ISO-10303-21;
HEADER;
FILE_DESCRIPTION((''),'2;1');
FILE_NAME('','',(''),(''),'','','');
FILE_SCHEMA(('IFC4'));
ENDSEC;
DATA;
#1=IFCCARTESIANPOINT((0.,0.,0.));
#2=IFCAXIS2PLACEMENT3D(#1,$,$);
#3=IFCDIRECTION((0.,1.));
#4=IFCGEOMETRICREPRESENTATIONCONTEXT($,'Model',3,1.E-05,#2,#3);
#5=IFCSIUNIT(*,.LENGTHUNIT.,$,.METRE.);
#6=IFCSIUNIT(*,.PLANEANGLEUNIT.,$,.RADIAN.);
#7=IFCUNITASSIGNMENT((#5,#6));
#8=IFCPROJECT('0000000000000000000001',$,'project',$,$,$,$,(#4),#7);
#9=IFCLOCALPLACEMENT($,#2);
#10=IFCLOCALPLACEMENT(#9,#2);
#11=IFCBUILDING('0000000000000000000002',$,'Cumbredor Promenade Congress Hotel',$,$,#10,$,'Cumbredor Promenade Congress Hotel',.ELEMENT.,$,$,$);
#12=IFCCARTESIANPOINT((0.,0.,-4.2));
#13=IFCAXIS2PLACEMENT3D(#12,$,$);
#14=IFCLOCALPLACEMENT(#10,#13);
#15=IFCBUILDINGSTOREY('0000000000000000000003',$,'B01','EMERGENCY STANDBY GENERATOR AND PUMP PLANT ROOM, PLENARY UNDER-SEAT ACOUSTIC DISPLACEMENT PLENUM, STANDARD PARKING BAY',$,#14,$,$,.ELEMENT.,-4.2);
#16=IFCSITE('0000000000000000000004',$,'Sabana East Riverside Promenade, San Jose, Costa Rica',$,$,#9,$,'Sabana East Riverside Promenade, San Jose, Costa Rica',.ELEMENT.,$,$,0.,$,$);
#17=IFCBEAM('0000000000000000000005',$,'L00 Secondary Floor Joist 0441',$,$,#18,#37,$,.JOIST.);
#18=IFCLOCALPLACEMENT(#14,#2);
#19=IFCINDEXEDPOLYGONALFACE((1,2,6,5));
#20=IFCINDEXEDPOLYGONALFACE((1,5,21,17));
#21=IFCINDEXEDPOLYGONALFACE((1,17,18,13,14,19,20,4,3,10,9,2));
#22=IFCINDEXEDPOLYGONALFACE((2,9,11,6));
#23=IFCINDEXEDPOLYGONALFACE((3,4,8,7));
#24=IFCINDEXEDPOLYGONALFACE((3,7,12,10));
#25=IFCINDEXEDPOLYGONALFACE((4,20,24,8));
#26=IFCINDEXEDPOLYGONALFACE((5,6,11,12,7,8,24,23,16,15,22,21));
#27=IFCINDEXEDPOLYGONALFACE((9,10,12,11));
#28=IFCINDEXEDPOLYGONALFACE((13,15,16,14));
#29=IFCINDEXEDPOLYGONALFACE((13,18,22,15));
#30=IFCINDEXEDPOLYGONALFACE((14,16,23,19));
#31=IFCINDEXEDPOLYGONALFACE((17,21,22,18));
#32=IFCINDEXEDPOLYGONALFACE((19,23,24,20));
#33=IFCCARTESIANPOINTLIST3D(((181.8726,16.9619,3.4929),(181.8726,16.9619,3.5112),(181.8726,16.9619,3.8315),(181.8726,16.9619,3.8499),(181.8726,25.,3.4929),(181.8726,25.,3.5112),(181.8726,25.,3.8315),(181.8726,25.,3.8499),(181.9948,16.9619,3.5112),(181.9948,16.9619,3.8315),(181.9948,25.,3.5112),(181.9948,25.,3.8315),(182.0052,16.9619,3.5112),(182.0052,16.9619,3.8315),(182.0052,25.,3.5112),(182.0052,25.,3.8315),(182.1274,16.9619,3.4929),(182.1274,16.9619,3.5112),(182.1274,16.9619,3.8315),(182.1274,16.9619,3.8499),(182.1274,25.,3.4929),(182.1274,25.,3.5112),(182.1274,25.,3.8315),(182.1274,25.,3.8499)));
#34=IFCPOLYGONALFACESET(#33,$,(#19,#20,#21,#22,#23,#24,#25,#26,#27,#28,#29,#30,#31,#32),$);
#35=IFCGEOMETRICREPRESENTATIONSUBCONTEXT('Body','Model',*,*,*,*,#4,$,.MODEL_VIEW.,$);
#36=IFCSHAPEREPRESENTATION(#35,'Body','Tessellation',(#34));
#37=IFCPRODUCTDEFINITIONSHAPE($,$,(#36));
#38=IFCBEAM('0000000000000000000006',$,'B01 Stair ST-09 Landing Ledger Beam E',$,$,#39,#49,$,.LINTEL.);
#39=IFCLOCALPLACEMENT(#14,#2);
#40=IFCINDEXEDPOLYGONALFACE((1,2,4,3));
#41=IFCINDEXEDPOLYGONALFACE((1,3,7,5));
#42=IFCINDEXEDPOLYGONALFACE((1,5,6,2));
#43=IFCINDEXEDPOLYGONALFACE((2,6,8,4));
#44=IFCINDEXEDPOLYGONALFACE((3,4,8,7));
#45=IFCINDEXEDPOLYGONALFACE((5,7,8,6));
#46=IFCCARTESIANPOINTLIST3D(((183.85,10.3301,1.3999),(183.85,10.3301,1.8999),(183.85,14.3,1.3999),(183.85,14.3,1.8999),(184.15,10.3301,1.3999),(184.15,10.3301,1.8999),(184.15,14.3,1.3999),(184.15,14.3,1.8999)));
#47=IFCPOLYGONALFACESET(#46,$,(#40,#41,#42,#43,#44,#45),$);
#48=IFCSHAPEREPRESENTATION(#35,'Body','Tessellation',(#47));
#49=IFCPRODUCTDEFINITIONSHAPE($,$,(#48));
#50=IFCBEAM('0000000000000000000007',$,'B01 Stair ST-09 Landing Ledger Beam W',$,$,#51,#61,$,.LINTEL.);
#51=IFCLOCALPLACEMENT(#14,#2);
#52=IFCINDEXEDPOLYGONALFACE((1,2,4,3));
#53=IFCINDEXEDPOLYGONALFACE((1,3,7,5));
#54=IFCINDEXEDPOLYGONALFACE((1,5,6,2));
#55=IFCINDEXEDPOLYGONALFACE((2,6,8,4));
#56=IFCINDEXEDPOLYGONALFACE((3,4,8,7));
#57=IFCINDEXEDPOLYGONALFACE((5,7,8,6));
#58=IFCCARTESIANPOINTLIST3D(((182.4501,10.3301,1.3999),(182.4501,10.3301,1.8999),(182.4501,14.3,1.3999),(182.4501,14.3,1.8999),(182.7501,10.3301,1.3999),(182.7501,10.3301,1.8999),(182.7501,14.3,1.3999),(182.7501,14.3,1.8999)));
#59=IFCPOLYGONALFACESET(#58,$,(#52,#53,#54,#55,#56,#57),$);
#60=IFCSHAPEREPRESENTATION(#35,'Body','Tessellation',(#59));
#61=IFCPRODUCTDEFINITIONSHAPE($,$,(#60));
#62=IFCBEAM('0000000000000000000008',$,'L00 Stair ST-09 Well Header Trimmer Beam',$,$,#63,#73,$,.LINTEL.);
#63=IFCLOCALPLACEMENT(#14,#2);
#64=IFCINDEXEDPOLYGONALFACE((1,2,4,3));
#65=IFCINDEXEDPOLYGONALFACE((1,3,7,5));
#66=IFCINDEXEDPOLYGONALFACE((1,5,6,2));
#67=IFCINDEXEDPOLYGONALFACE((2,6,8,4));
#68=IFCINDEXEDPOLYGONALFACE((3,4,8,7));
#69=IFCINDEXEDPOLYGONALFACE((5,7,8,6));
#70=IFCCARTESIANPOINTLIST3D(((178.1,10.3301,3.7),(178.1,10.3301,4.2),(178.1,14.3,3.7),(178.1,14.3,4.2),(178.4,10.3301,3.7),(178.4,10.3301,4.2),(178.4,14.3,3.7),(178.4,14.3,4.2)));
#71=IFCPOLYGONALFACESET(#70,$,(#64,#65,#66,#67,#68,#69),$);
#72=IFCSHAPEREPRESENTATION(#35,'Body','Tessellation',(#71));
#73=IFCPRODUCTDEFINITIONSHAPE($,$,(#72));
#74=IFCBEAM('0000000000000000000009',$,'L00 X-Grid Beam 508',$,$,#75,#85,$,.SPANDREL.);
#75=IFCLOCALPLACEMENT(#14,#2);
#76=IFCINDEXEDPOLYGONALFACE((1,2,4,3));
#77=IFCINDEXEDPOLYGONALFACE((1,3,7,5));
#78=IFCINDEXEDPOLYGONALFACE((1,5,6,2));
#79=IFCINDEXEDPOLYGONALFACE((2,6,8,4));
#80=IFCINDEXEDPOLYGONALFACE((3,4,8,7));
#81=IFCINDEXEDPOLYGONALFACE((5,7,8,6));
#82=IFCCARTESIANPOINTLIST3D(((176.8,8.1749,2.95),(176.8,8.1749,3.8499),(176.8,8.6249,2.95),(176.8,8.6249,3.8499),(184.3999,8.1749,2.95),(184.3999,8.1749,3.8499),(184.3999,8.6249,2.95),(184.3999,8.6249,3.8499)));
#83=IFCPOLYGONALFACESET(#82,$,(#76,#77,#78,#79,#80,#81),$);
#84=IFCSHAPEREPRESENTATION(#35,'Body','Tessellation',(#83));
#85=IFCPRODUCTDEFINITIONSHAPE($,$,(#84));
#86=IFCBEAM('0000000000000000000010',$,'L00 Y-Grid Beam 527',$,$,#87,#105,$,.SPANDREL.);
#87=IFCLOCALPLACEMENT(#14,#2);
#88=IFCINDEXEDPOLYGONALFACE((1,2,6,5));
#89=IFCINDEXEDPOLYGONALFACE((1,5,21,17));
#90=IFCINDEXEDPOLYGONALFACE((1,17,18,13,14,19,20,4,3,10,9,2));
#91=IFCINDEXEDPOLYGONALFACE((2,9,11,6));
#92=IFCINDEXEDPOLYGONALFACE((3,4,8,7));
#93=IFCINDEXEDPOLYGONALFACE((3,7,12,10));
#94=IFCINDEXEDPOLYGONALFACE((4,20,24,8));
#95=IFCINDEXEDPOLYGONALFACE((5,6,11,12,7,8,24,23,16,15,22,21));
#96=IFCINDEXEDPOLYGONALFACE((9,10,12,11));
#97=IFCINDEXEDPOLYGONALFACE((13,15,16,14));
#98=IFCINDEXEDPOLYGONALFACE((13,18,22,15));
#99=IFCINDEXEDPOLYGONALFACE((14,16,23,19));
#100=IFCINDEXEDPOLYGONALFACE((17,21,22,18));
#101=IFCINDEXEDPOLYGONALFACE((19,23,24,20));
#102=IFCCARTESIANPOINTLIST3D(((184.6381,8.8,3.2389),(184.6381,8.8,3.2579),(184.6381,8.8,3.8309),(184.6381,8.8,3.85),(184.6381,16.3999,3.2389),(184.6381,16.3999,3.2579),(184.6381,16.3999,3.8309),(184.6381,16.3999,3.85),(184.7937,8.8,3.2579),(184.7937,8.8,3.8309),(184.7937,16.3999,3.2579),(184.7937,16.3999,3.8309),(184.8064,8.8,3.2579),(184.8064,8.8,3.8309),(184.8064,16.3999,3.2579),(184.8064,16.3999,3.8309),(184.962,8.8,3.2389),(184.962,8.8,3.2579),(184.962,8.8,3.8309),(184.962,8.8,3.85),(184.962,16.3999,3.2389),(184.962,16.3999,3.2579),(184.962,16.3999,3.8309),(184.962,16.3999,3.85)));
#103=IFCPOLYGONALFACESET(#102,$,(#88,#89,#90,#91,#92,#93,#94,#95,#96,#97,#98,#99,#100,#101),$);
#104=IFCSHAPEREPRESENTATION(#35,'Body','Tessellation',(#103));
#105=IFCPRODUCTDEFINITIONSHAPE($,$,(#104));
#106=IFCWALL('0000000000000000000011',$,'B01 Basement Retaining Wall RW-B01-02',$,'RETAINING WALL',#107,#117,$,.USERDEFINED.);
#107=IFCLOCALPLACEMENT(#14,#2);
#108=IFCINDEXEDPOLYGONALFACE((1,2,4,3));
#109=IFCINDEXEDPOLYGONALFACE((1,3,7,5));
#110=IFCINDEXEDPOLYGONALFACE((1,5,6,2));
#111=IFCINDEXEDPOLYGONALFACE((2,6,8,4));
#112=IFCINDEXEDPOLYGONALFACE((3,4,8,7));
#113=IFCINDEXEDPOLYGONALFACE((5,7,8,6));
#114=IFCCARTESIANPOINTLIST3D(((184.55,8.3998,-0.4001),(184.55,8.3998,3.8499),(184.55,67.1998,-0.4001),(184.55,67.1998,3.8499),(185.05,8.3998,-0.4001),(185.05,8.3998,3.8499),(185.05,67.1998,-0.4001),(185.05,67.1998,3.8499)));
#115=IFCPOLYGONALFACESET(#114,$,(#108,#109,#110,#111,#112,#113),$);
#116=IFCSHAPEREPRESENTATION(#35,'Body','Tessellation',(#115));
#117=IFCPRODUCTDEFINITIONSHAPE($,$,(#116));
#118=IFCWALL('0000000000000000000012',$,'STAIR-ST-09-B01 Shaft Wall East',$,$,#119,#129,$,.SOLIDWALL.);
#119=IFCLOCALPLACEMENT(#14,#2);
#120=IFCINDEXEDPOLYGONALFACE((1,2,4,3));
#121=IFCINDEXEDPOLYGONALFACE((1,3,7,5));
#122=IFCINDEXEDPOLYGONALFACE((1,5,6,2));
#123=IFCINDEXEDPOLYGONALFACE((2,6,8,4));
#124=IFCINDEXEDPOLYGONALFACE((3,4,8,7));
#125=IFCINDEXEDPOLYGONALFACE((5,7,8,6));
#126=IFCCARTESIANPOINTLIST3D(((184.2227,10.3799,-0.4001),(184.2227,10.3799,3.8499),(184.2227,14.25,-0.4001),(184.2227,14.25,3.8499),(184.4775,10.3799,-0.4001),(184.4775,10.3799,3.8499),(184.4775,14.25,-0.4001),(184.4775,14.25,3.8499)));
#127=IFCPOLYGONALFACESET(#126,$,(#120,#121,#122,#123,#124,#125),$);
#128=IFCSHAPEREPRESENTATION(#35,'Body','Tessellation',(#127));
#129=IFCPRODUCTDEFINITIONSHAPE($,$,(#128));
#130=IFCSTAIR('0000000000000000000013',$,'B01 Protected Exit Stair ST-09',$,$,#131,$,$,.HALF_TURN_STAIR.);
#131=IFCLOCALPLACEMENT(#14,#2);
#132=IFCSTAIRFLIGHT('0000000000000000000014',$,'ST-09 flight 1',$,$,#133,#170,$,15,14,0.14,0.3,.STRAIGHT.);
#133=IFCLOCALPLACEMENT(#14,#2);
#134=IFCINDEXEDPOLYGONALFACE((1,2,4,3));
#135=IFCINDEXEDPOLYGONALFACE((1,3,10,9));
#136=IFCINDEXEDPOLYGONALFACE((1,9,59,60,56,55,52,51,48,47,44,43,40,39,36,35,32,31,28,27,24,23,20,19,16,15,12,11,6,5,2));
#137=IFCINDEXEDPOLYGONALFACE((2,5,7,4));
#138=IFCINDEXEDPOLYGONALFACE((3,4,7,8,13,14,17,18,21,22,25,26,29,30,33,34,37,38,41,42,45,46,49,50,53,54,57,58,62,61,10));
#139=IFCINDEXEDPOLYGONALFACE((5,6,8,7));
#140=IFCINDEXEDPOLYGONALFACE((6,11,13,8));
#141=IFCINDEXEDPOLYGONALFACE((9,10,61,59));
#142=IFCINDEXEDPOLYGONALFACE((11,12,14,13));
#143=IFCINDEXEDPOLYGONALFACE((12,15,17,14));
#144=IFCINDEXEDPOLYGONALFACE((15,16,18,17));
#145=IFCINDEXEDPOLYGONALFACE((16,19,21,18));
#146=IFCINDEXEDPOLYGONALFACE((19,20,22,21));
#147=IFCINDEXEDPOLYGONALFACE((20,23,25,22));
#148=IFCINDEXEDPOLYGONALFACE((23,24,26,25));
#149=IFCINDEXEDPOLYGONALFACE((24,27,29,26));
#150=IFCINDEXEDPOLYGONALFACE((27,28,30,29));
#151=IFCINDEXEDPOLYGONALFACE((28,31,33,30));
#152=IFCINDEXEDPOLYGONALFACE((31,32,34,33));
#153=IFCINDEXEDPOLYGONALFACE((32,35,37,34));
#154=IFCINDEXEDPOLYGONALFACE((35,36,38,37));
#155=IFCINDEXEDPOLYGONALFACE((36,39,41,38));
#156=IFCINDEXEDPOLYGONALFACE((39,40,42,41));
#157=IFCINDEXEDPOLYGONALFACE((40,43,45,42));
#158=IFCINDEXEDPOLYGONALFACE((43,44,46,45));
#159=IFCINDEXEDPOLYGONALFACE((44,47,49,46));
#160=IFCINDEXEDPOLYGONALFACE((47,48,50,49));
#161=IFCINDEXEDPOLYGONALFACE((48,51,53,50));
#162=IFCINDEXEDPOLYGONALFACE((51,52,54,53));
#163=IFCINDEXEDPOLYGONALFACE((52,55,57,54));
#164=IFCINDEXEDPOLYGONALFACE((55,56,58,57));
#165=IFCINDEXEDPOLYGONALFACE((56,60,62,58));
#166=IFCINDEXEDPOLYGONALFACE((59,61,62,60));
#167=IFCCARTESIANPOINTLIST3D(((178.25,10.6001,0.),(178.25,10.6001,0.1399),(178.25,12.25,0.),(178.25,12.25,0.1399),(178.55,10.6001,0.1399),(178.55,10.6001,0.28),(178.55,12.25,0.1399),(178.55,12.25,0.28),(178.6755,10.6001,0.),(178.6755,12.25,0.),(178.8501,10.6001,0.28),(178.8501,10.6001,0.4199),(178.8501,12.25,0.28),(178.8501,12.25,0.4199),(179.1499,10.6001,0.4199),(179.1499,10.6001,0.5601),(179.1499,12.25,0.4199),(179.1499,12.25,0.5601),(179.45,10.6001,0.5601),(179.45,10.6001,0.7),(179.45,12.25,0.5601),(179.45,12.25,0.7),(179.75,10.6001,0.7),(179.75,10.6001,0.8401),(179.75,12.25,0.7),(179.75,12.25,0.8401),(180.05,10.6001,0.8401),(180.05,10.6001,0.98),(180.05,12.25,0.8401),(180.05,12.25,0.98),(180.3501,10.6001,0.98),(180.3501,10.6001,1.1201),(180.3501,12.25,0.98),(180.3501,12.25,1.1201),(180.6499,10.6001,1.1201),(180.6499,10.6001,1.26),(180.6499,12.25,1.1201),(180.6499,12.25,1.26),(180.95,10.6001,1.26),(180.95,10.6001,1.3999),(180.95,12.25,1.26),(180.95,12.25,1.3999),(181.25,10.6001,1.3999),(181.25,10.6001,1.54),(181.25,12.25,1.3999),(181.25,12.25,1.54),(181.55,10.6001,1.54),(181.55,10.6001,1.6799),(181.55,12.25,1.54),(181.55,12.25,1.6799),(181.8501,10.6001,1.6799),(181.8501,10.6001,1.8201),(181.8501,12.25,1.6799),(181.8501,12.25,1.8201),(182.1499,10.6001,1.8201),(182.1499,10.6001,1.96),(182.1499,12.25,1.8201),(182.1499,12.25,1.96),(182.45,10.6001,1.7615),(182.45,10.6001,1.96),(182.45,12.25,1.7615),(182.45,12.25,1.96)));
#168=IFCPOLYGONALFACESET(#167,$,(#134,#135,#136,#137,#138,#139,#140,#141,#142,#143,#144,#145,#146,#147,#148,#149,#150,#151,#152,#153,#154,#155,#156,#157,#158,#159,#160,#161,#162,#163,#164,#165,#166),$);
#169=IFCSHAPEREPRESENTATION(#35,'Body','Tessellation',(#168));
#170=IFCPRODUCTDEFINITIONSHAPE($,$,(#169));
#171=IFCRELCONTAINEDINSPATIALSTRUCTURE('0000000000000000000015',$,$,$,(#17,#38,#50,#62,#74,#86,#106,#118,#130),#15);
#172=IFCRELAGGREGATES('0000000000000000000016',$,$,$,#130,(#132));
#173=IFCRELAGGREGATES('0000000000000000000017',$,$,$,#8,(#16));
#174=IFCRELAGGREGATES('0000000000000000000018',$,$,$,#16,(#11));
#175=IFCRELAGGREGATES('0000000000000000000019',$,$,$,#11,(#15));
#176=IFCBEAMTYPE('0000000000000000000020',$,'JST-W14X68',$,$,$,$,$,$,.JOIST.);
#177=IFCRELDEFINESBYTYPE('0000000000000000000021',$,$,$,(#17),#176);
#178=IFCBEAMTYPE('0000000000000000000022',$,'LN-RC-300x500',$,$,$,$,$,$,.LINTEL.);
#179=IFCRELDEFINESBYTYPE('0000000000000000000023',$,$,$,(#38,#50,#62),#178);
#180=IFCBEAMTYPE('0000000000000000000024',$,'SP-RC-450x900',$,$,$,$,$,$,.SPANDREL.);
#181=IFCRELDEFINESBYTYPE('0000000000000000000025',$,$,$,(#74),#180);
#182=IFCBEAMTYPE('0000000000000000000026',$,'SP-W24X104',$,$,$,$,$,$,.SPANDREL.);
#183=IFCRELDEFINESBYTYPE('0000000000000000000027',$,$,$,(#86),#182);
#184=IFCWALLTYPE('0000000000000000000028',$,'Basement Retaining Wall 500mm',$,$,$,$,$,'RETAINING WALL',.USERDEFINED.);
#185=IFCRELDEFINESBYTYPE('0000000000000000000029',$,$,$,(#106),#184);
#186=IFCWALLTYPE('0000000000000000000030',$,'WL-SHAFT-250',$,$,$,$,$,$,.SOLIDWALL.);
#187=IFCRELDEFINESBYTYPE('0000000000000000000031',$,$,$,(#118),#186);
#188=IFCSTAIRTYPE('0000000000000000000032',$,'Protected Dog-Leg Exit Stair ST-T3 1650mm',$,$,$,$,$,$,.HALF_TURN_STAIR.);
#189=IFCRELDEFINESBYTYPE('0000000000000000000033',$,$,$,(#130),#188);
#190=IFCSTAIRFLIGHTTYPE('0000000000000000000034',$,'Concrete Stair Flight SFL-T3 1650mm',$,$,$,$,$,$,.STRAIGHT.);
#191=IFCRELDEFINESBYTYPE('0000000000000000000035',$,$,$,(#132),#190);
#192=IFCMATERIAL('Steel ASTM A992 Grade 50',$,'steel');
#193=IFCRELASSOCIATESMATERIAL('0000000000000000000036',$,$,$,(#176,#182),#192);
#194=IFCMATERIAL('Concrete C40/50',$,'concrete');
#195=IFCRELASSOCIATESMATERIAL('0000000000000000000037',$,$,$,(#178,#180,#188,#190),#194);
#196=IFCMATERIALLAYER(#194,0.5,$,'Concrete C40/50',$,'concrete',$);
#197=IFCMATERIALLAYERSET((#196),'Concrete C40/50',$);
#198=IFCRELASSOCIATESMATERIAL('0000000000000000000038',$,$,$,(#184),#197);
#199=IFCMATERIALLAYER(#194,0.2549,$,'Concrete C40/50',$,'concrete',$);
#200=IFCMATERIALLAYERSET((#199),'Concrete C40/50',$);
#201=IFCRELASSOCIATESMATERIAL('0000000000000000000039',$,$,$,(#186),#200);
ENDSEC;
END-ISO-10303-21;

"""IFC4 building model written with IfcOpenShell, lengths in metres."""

from ifc_helpers import new_model, si_unit, direction, frame, frame_2d, origin, origin_2d, place, context, subcontext, project, spatial, polyline, rectangle, i_section, outline, extrude, material, layer, layer_set, material_profile, profile_set, type_object, element, aggregate, save


model = new_model("IFC4")

# Units and contexts
model_context = context("Model", 3, precision=1e-05, world=origin(), true_north=direction((0.0, 1.0)))
body_context = subcontext(model_context, "Body", "Model", "MODEL_VIEW")
ifc_project = project(units=[si_unit("LENGTHUNIT", "METRE"), si_unit("PLANEANGLEUNIT", "RADIAN")], contexts=[model_context])

# Site, building, storey
site_placement = place(None, origin())
site = spatial("IfcSite", under=ifc_project, at=site_placement, Name="Sabana East Riverside Promenade, San Jose, Costa Rica", LongName="Sabana East Riverside Promenade, San Jose, Costa Rica", CompositionType="ELEMENT", RefElevation=0.0)
building_placement = place(site_placement, origin())
building = spatial("IfcBuilding", under=site, at=building_placement, Name="Cumbredor Promenade Congress Hotel", LongName="Cumbredor Promenade Congress Hotel", CompositionType="ELEMENT")
storey_placement = place(building_placement, frame((0.0, 0.0, -4.2)))
storey = spatial("IfcBuildingStorey", under=building, at=storey_placement, Name="B01", Description="EMERGENCY STANDBY GENERATOR AND PUMP PLANT ROOM, PLENARY UNDER-SEAT ACOUSTIC DISPLACEMENT PLENUM, STANDARD PARKING BAY", CompositionType="ELEMENT", Elevation=-4.2)

# Shared definitions
ifc_material_1 = material(Name="Concrete C40/50", Category="concrete")

# Beams
ifc_material_2 = material(Name="Steel ASTM A992 Grade 50", Category="steel")
ifc_material_profile_1 = material_profile(ifc_material_2, i_section(OverallWidth=0.2549, OverallDepth=0.3569, WebThickness=0.0105, FlangeThickness=0.0183, at=origin_2d()), Name="W14X68")
ifc_profile_set_1 = profile_set([ifc_material_profile_1], Name="Steel ASTM A992 Grade 50")
beam_type_1 = type_object("IfcBeamType", Name="JST-W14X68", PredefinedType="JOIST", material=ifc_profile_set_1)
for number, where, z_axis, x_axis, name in (
    (1, (182.0, 16.9619, 3.6714), (0.0, 1.0, 0.0), (-1.0, 0.0, 0.0), "L00 Secondary Floor Joist 0441"),
):
    element("IfcBeam", number, at=place(storey_placement, frame(where, z_axis=z_axis, x_axis=x_axis)), inside=storey, type_object=beam_type_1, Name=name, PredefinedType="JOIST", context=body_context, shape_type="SweptSolid", body=[
        extrude(i_section(OverallWidth=0.2549, OverallDepth=0.3569, WebThickness=0.0105, FlangeThickness=0.0183, at=origin_2d()), origin(), (0.0, 0.0, 1.0), 8.0381),
    ])
ifc_material_profile_2 = material_profile(ifc_material_1, rectangle(XDim=0.3, YDim=0.5, at=origin_2d()), Name="RC LINTEL 300x500")
ifc_profile_set_2 = profile_set([ifc_material_profile_2], Name="Concrete C40/50")
beam_type_2 = type_object("IfcBeamType", Name="LN-RC-300x500", PredefinedType="LINTEL", material=ifc_profile_set_2)
for number, where, z_axis, x_axis, name in (
    (2, (184.0, 10.3301, 1.6499), (0.0, 1.0, 0.0), (-1.0, 0.0, 0.0), "B01 Stair ST-09 Landing Ledger Beam E"),
    (3, (182.6001, 10.3301, 1.6499), (0.0, 1.0, 0.0), (-1.0, 0.0, 0.0), "B01 Stair ST-09 Landing Ledger Beam W"),
    (4, (178.25, 10.3301, 3.95), (0.0, 1.0, 0.0), (-1.0, 0.0, 0.0), "L00 Stair ST-09 Well Header Trimmer Beam"),
):
    element("IfcBeam", number, at=place(storey_placement, frame(where, z_axis=z_axis, x_axis=x_axis)), inside=storey, type_object=beam_type_2, Name=name, PredefinedType="LINTEL", context=body_context, shape_type="SweptSolid", body=[
        extrude(rectangle(XDim=0.3, YDim=0.5, at=origin_2d()), origin(), (0.0, 0.0, 1.0), 3.97),
    ])
ifc_material_profile_3 = material_profile(ifc_material_1, rectangle(XDim=0.45, YDim=0.8999, at=origin_2d()), Name="RC SPANDREL 450x900")
ifc_profile_set_3 = profile_set([ifc_material_profile_3], Name="Concrete C40/50")
beam_type_3 = type_object("IfcBeamType", Name="SP-RC-450x900", PredefinedType="SPANDREL", material=ifc_profile_set_3)
beam_1_placement = place(storey_placement, frame((176.8, 8.3999, 3.3999), z_axis=(1.0, 0.0, 0.0), x_axis=(0.0, 1.0, 0.0)))
element("IfcBeam", 5, at=beam_1_placement, inside=storey, type_object=beam_type_3, Name="L00 X-Grid Beam 508", PredefinedType="SPANDREL", context=body_context, shape_type="SweptSolid", body=[
    extrude(rectangle(XDim=0.45, YDim=0.8999, at=origin_2d()), origin(), (0.0, 0.0, 1.0), 7.5999),
])
ifc_material_profile_4 = material_profile(ifc_material_2, i_section(OverallWidth=0.324, OverallDepth=0.6111, WebThickness=0.0127, FlangeThickness=0.019, at=origin_2d()), Name="W24X104")
ifc_profile_set_4 = profile_set([ifc_material_profile_4], Name="Steel ASTM A992 Grade 50")
beam_type_4 = type_object("IfcBeamType", Name="SP-W24X104", PredefinedType="SPANDREL", material=ifc_profile_set_4)
beam_2_placement = place(storey_placement, frame((184.8, 8.8, 3.5444), z_axis=(0.0, 1.0, 0.0), x_axis=(-1.0, 0.0, 0.0)))
element("IfcBeam", 6, at=beam_2_placement, inside=storey, type_object=beam_type_4, Name="L00 Y-Grid Beam 527", PredefinedType="SPANDREL", context=body_context, shape_type="SweptSolid", body=[
    extrude(i_section(OverallWidth=0.324, OverallDepth=0.6111, WebThickness=0.0127, FlangeThickness=0.019, at=origin_2d()), origin(), (0.0, 0.0, 1.0), 7.5999),
])

# Walls
ifc_layer_1 = layer(ifc_material_1, 0.5, Name="Concrete C40/50", Category="concrete")
ifc_layer_set_1 = layer_set([ifc_layer_1], Name="Concrete C40/50")
wall_type_1 = type_object("IfcWallType", Name="Basement Retaining Wall 500mm", ElementType="RETAINING WALL", PredefinedType="USERDEFINED", material=ifc_layer_set_1)
wall_1_placement = place(storey_placement, frame((184.8, 8.3999, -0.4001), z_axis=(0.0, 0.0, 1.0), x_axis=(0.0, 1.0, 0.0)))
element("IfcWall", 7, at=wall_1_placement, inside=storey, type_object=wall_type_1, Name="B01 Basement Retaining Wall RW-B01-02", ObjectType="RETAINING WALL", PredefinedType="USERDEFINED", context=body_context, shape_type="SweptSolid", body=[
    extrude(rectangle(XDim=58.8, YDim=0.5, at=frame_2d((29.3999, 0.0))), origin(), (0.0, 0.0, 1.0), 4.25),
])
ifc_layer_2 = layer(ifc_material_1, 0.2549, Name="Concrete C40/50", Category="concrete")
ifc_layer_set_2 = layer_set([ifc_layer_2], Name="Concrete C40/50")
wall_type_2 = type_object("IfcWallType", Name="WL-SHAFT-250", PredefinedType="SOLIDWALL", material=ifc_layer_set_2)
wall_2_placement = place(storey_placement, frame((184.3501, 10.3799, -0.4001), z_axis=(0.0, 0.0, 1.0), x_axis=(0.0, 1.0, 0.0)))
element("IfcWall", 8, at=wall_2_placement, inside=storey, type_object=wall_type_2, Name="STAIR-ST-09-B01 Shaft Wall East", PredefinedType="SOLIDWALL", context=body_context, shape_type="SweptSolid", body=[
    extrude(rectangle(XDim=3.8701, YDim=0.2549, at=frame_2d((1.9351, 0.0))), origin(), (0.0, 0.0, 1.0), 4.25),
])

# Stair, stair flight
stair_type = type_object("IfcStairType", Name="Protected Dog-Leg Exit Stair ST-T3 1650mm", PredefinedType="HALF_TURN_STAIR", material=ifc_material_1)
stair_placement = place(storey_placement, origin())
stair = element("IfcStair", 9, at=stair_placement, inside=storey, type_object=stair_type, Name="B01 Protected Exit Stair ST-09", PredefinedType="HALF_TURN_STAIR")
stair_flight_type = type_object("IfcStairFlightType", Name="Concrete Stair Flight SFL-T3 1650mm", PredefinedType="STRAIGHT", material=ifc_material_1)
stair_flight_1_placement = place(storey_placement, frame((178.25, 11.425, 0.0), z_axis=(0.0, 0.0, 1.0), x_axis=(1.0, 0.0, 0.0)))
stair_flight_1 = element("IfcStairFlight", 10, at=stair_flight_1_placement, type_object=stair_flight_type, Name="ST-09 flight 1", NumberOfRisers=15, NumberOfTreads=14, PredefinedType="STRAIGHT", RiserHeight=0.14, TreadLength=0.3, context=body_context, shape_type="SweptSolid", body=[
    extrude(outline(polyline([(0.0, 0.0), (0.0, 0.1399), (0.3, 0.1399), (0.3, 0.28), (0.6001, 0.28), (0.6001, 0.4199), (0.8999, 0.4199), (0.8999, 0.5601), (1.2, 0.5601), (1.2, 0.7), (1.5, 0.7), (1.5, 0.8401), (1.8, 0.8401), (1.8, 0.98), (2.1001, 0.98), (2.1001, 1.1201), (2.3999, 1.1201), (2.3999, 1.26), (2.7, 1.26), (2.7, 1.3999), (3.0, 1.3999), (3.0, 1.54), (3.3, 1.54), (3.3, 1.6799), (3.6001, 1.6799), (3.6001, 1.8201), (3.8999, 1.8201), (3.8999, 1.96), (4.2, 1.96), (4.2, 2.1001), (4.2, 1.7615), (0.4255, 0.0), (0.0, 0.0)])), frame((0.0, 0.825, 0.0), z_axis=(0.0, -1.0, 0.0), x_axis=(1.0, 0.0, 0.0)), (0.0, 0.0, 1.0), 1.6499),
])
aggregate(stair, [stair_flight_1])

save(model, "model.ifc")
